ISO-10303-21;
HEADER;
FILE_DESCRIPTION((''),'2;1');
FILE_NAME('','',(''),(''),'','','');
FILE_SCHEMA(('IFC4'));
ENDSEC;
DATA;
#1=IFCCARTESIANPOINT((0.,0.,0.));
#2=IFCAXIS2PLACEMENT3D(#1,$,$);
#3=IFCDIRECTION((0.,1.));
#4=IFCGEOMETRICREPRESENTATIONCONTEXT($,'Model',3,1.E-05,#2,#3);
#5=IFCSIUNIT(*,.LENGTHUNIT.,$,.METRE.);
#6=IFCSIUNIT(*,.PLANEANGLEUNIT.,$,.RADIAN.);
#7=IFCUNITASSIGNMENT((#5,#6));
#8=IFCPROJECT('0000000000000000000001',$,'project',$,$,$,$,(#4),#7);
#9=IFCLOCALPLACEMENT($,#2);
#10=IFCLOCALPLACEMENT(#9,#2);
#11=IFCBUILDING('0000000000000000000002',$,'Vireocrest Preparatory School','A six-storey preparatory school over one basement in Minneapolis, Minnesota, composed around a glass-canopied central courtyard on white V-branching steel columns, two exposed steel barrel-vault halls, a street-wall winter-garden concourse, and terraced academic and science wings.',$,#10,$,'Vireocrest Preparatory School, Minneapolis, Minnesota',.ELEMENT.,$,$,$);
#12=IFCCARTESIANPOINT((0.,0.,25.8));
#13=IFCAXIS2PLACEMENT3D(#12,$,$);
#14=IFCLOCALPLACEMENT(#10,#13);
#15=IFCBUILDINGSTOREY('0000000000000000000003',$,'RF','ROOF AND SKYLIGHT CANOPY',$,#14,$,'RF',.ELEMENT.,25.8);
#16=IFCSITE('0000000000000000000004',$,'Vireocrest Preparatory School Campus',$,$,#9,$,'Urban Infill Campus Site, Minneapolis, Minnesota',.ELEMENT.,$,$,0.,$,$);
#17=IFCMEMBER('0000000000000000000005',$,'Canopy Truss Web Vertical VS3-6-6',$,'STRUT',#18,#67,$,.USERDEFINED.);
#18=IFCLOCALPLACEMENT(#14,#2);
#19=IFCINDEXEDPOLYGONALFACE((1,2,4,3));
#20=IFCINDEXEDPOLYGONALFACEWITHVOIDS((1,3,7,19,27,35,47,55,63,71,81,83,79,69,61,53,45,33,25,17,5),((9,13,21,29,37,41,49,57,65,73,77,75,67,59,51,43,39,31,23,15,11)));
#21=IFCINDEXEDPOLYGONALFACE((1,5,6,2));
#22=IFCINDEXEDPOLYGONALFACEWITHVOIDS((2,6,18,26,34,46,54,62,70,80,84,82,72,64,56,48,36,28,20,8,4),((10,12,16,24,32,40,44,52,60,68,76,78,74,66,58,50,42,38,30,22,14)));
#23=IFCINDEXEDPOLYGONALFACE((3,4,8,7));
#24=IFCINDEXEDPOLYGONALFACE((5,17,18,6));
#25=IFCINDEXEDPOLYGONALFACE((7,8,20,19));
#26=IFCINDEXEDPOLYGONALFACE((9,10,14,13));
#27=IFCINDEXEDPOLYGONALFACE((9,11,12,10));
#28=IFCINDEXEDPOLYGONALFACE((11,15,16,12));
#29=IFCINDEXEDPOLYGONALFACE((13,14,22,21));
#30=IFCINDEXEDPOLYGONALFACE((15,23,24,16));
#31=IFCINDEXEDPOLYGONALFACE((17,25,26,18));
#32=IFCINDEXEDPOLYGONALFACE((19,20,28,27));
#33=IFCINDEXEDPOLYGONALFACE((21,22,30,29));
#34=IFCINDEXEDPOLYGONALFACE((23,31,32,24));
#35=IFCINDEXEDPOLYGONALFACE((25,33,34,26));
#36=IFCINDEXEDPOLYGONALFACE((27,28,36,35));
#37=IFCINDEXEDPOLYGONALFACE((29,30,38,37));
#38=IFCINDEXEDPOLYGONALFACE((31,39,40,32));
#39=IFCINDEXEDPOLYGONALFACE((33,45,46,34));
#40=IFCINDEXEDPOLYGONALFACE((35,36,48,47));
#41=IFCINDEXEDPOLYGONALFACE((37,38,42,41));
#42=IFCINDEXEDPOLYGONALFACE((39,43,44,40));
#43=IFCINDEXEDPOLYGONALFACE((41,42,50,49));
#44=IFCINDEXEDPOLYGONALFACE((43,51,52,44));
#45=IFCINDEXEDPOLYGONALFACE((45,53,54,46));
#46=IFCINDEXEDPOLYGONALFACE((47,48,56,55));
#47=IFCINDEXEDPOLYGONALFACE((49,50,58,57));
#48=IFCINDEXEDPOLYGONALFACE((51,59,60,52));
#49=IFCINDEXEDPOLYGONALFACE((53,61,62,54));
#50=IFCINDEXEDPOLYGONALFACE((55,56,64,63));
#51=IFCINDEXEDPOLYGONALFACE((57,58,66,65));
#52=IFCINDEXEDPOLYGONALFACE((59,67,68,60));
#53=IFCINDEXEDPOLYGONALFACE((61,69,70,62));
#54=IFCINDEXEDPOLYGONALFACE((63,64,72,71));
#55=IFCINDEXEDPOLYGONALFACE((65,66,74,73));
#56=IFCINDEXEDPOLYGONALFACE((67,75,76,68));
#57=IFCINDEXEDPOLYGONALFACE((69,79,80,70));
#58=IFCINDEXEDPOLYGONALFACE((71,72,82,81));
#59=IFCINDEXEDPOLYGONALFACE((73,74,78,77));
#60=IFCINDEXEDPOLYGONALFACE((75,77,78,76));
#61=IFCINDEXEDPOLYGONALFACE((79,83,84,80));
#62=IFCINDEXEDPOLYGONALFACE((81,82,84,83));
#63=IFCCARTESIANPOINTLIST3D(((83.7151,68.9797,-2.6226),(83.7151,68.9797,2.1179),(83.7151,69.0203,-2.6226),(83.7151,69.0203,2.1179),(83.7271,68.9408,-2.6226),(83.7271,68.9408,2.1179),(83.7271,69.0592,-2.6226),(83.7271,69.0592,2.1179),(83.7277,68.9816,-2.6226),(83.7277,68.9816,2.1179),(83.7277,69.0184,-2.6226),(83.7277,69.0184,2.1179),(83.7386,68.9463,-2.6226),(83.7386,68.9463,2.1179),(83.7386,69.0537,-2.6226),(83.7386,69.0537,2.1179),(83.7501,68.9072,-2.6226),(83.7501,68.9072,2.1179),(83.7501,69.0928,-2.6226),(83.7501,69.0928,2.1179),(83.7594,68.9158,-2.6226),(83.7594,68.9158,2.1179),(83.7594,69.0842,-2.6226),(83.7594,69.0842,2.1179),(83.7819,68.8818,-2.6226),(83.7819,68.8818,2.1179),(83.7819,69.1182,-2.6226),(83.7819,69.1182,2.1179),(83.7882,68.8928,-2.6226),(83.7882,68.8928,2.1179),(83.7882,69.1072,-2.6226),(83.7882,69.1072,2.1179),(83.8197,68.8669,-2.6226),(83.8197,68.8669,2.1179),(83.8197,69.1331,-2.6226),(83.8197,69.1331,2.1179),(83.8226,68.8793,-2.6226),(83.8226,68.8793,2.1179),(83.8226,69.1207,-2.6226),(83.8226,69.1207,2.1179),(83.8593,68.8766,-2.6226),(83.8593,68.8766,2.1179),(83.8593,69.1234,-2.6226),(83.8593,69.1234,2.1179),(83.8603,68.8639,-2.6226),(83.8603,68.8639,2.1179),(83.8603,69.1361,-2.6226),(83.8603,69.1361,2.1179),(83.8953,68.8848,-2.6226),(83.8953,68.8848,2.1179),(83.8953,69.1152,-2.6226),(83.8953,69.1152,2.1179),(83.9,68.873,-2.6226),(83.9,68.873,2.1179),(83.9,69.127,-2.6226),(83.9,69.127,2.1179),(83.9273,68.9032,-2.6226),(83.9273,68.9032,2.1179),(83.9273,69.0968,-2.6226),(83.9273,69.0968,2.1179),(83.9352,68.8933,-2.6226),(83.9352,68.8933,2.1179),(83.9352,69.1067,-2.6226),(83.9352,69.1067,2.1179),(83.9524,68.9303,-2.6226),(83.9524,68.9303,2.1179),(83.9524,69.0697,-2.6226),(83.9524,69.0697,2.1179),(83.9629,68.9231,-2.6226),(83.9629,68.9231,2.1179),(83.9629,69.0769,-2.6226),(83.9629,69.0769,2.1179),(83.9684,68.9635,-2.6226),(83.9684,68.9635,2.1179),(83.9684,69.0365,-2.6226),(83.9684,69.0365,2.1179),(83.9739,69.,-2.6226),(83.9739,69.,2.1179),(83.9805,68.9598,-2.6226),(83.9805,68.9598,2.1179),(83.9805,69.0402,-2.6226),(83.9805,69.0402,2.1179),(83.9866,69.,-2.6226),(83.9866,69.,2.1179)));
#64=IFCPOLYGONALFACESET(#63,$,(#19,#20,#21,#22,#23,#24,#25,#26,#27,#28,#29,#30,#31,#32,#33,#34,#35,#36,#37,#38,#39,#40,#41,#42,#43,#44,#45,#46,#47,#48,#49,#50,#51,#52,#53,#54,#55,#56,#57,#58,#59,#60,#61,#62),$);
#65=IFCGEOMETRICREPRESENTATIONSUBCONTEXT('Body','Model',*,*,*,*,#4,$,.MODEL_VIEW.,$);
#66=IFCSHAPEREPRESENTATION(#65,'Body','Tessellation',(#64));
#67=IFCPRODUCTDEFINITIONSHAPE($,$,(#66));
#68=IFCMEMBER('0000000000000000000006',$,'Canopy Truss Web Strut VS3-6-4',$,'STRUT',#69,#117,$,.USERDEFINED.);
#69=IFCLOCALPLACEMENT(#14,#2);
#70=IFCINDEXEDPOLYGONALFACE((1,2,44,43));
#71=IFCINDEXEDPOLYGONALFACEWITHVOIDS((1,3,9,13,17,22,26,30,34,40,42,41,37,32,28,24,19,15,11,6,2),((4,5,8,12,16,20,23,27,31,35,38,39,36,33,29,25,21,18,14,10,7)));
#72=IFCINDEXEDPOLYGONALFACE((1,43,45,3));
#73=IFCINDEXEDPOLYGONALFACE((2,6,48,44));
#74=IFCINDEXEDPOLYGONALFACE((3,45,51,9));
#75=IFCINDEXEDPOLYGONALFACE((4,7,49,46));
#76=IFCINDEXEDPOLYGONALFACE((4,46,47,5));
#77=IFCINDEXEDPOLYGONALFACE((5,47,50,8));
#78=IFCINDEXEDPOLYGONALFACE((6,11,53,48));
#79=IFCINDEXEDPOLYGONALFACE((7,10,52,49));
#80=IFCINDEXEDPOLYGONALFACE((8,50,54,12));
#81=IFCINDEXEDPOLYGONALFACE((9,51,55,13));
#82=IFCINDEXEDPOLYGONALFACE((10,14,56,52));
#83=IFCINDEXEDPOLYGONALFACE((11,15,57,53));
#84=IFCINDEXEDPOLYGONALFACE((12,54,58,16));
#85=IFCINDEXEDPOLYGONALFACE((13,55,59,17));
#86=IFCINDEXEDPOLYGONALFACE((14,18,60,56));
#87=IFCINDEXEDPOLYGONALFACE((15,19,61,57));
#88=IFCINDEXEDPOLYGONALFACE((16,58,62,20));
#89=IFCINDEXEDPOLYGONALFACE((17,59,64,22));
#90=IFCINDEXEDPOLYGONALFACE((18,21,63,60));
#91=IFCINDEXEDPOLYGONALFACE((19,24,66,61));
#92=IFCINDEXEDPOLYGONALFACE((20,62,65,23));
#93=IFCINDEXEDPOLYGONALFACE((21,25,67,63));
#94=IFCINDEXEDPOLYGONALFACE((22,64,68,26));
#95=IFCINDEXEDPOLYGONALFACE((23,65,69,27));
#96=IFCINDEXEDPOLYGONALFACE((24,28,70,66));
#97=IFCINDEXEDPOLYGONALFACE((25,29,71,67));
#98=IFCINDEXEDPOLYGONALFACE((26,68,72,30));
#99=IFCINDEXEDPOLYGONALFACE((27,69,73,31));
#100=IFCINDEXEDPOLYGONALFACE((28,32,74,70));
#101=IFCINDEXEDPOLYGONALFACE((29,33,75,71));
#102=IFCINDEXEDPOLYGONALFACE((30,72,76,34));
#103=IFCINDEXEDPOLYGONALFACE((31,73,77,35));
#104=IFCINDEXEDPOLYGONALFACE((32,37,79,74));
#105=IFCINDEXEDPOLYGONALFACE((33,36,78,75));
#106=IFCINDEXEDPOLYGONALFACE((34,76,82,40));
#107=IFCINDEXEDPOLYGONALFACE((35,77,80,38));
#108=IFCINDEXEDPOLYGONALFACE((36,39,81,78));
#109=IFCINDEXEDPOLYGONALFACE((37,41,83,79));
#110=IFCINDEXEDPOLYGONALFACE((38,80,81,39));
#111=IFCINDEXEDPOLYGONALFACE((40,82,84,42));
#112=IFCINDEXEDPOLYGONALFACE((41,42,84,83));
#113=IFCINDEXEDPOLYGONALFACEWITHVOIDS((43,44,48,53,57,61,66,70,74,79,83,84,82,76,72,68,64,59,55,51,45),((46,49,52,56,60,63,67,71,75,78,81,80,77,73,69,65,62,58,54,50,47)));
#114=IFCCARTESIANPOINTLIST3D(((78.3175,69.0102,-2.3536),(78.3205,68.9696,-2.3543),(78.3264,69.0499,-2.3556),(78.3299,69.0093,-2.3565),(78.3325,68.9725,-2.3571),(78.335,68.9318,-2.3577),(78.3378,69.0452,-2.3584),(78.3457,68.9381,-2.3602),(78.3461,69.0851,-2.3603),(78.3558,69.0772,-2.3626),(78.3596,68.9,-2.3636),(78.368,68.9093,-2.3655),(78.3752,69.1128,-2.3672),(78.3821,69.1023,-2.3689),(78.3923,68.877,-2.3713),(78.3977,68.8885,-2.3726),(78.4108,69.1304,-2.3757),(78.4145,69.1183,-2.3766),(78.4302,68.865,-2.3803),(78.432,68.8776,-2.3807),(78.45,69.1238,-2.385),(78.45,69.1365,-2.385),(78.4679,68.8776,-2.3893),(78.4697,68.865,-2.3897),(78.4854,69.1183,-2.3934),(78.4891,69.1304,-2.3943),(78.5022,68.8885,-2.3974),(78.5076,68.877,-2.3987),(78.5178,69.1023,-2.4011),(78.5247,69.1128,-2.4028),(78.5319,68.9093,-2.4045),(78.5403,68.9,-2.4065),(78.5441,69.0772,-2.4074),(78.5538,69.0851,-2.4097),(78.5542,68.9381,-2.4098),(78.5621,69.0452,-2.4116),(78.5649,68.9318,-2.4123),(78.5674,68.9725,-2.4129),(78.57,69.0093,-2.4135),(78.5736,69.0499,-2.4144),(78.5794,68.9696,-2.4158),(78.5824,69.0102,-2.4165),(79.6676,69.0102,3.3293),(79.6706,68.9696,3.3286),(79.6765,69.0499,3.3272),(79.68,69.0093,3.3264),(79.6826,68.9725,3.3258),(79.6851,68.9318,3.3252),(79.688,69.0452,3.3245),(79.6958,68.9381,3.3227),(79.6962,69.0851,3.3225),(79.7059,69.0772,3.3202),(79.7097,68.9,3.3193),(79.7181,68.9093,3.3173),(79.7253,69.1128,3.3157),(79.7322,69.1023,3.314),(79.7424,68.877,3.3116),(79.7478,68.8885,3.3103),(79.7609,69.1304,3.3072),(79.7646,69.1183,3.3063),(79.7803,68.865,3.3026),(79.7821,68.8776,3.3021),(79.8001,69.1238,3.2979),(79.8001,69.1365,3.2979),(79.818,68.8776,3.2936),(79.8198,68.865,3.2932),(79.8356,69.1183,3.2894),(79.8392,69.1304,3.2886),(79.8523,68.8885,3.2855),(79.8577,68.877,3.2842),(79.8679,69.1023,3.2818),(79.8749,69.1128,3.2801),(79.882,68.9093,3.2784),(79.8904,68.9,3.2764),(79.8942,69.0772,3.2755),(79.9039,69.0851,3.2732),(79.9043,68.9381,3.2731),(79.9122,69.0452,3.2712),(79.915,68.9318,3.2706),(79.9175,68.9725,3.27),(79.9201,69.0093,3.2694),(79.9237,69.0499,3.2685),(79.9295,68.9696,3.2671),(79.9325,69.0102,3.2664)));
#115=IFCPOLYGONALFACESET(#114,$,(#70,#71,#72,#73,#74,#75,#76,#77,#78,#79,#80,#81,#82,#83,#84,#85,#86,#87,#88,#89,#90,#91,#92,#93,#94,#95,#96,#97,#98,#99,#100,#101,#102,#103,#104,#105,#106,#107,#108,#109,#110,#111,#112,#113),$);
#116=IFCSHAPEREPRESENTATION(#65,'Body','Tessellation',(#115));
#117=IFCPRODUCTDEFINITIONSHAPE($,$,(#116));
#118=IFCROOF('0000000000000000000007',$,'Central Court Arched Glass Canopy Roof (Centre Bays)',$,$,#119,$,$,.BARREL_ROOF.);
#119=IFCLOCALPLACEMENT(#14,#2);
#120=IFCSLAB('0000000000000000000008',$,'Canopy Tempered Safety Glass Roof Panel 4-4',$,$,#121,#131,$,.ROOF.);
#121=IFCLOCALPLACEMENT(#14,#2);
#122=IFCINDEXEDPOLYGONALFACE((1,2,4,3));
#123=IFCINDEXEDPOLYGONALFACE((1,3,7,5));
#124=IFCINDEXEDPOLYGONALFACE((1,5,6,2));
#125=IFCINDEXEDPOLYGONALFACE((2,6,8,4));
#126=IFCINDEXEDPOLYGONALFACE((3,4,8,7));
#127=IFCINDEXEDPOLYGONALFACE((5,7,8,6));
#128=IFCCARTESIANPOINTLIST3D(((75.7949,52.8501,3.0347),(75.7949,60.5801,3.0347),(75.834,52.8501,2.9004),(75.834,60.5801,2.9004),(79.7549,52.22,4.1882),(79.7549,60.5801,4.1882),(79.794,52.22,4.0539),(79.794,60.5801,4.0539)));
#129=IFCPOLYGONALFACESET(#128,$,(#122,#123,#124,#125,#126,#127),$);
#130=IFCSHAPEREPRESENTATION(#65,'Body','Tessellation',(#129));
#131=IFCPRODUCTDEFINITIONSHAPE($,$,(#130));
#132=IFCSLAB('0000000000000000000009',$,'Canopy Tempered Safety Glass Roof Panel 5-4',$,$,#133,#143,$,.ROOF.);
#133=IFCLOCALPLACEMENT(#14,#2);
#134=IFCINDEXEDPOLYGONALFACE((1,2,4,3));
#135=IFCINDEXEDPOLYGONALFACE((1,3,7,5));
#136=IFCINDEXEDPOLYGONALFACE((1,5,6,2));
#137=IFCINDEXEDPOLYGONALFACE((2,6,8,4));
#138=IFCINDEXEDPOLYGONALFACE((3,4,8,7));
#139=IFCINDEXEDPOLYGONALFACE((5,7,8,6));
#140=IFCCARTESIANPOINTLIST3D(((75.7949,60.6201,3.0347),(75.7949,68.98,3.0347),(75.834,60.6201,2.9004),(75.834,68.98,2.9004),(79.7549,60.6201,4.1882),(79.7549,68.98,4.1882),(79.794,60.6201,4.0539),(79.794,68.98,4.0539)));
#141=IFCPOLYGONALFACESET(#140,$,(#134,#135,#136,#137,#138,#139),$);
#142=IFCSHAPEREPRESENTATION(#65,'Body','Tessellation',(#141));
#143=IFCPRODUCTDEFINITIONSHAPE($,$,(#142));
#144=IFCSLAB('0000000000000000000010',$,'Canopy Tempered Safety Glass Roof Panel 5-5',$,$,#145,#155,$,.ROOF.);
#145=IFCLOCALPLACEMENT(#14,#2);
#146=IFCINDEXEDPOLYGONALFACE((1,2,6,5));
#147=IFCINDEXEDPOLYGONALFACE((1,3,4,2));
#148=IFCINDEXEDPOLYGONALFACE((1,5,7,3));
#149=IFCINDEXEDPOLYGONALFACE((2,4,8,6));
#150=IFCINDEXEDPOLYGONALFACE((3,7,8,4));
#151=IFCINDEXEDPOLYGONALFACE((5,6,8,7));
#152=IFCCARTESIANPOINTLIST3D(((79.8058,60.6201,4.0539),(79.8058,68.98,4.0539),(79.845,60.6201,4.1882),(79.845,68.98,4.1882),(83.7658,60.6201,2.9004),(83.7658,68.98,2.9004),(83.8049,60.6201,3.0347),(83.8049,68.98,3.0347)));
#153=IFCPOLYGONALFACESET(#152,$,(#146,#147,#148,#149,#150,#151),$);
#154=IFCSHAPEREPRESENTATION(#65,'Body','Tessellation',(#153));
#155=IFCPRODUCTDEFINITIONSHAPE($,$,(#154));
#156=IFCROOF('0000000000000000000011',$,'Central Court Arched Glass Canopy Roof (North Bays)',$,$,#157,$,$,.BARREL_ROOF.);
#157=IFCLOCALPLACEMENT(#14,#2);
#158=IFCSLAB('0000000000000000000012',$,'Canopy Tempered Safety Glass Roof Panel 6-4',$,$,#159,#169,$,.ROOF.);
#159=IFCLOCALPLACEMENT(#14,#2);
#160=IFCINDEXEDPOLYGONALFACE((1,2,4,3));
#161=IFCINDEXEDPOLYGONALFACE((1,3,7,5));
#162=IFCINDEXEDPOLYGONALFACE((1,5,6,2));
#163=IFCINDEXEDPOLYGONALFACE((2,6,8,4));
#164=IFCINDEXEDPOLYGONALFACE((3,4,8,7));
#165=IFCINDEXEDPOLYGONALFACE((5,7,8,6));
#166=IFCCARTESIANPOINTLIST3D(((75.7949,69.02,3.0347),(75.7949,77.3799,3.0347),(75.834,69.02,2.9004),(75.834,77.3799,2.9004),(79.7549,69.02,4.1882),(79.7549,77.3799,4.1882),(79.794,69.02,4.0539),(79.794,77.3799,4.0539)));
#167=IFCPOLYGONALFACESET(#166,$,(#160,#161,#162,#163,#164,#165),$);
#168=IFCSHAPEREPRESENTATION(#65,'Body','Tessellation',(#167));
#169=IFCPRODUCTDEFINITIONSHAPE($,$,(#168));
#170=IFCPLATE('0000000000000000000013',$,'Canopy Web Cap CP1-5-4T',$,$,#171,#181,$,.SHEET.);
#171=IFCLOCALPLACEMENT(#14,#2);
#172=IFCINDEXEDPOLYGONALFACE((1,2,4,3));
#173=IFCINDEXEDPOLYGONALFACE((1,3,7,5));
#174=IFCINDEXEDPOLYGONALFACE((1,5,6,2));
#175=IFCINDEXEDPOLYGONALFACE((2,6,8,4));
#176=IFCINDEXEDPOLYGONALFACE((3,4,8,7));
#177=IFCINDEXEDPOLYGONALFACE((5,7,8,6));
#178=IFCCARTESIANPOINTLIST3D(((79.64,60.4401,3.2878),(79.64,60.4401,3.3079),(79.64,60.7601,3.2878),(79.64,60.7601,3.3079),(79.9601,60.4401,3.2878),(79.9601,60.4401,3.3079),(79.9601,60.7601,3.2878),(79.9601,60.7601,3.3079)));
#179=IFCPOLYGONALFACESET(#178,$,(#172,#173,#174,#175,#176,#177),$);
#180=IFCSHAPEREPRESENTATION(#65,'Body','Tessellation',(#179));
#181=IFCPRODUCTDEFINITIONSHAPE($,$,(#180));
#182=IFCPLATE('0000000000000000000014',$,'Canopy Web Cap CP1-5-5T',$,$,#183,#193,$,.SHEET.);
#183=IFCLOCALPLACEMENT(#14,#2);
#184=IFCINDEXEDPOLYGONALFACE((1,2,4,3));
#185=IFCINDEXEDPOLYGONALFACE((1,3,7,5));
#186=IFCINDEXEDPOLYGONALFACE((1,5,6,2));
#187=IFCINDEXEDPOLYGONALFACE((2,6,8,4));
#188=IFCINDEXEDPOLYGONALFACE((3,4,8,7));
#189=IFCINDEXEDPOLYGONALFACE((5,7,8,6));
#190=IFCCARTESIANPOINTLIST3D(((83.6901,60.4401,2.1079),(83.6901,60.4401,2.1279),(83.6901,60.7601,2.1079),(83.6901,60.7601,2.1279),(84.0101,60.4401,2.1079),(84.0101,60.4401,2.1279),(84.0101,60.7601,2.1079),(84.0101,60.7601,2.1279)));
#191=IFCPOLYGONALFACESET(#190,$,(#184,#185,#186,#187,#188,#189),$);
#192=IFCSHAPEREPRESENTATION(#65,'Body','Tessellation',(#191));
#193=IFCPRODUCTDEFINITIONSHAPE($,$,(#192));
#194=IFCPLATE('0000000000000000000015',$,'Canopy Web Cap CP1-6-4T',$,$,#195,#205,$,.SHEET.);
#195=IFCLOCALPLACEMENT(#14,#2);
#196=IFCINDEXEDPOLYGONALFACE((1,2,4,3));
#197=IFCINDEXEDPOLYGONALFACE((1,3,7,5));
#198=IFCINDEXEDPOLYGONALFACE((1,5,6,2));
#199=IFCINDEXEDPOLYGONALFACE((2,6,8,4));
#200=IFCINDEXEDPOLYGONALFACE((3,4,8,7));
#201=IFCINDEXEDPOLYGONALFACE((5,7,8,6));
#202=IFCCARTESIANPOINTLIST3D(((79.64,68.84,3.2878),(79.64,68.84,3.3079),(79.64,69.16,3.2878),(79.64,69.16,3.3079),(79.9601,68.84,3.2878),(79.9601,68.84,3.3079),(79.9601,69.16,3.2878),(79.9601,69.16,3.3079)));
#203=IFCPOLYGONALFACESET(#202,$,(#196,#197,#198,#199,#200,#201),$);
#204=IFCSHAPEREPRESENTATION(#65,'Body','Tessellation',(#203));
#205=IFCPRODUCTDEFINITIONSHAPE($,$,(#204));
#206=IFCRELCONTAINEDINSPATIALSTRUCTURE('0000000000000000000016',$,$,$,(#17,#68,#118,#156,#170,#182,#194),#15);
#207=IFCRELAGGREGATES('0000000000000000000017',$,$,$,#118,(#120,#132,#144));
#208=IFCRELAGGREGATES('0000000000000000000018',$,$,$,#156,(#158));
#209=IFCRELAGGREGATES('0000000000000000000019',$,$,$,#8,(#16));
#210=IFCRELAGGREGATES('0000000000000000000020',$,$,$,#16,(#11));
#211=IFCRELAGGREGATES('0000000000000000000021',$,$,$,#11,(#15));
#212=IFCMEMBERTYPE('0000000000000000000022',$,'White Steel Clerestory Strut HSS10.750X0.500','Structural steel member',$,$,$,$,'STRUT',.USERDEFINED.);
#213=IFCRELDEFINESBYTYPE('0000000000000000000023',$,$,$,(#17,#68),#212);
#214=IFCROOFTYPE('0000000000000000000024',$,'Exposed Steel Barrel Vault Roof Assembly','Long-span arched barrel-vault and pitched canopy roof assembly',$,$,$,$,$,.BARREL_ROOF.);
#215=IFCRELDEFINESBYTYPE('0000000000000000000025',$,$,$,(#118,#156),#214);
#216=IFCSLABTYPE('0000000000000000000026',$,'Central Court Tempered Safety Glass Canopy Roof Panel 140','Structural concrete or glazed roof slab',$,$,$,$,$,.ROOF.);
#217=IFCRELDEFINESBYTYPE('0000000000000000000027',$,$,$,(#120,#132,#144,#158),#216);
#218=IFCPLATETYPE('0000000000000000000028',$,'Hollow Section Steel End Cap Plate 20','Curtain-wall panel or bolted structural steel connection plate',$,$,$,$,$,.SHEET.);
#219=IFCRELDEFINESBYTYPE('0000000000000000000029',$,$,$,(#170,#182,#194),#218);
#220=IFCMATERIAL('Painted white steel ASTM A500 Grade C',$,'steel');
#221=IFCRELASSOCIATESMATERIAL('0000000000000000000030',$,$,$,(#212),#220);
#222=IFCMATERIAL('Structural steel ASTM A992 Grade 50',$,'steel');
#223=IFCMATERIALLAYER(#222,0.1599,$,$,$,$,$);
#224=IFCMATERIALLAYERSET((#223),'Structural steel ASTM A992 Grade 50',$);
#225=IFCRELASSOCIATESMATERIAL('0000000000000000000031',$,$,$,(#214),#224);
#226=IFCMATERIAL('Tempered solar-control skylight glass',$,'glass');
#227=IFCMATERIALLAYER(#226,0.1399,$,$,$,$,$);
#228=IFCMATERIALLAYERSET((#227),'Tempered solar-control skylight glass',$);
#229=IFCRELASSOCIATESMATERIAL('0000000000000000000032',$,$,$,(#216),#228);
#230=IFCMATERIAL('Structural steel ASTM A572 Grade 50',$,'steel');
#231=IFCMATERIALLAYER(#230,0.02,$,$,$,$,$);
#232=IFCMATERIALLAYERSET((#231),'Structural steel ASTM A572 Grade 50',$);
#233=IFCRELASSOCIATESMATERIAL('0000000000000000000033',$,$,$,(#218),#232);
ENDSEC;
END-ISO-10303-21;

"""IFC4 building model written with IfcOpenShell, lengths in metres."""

from ifc_helpers import new_model, si_unit, direction, frame, origin, origin_2d, place, context, subcontext, project, spatial, polyline, rectangle, hollow_circle, outline, extrude, material, layer, layer_set, material_profile, profile_set, type_object, element, aggregate, save


model = new_model("IFC4")

# Units and contexts
model_context = context("Model", 3, precision=1e-05, world=origin(), true_north=direction((0.0, 1.0)))
body_context = subcontext(model_context, "Body", "Model", "MODEL_VIEW")
ifc_project = project(units=[si_unit("LENGTHUNIT", "METRE"), si_unit("PLANEANGLEUNIT", "RADIAN")], contexts=[model_context])

# Site, building, storey
site_placement = place(None, origin())
site = spatial("IfcSite", under=ifc_project, at=site_placement, Name="Vireocrest Preparatory School Campus", LongName="Urban Infill Campus Site, Minneapolis, Minnesota", CompositionType="ELEMENT", RefElevation=0.0)
building_placement = place(site_placement, origin())
building = spatial("IfcBuilding", under=site, at=building_placement, Name="Vireocrest Preparatory School", Description="A six-storey preparatory school over one basement in Minneapolis, Minnesota, composed around a glass-canopied central courtyard on white V-branching steel columns, two exposed steel barrel-vault halls, a street-wall winter-garden concourse, and terraced academic and science wings.", LongName="Vireocrest Preparatory School, Minneapolis, Minnesota", CompositionType="ELEMENT")
storey_placement = place(building_placement, frame((0.0, 0.0, 25.8)))
storey = spatial("IfcBuildingStorey", under=building, at=storey_placement, Name="RF", Description="ROOF AND SKYLIGHT CANOPY", LongName="RF", CompositionType="ELEMENT", Elevation=25.8)

# Shared definitions
ifc_material_1 = material(Name="Painted white steel ASTM A500 Grade C", Category="steel")
ifc_material_2 = material(Name="Structural steel ASTM A992 Grade 50", Category="steel")

# Members
ifc_material_profile_1 = material_profile(ifc_material_1, hollow_circle(Radius=0.1365, WallThickness=0.0127, at=origin_2d()), Name="HSS10.750X0.500")
ifc_profile_set_1 = profile_set([ifc_material_profile_1], Name="Painted white steel ASTM A500 Grade C")
member_type_1 = type_object("IfcMemberType", Name="White Steel Clerestory Strut HSS10.750X0.500", Description="Structural steel member", ElementType="STRUT", PredefinedType="USERDEFINED", material=ifc_profile_set_1)
member_1_placement = place(storey_placement, frame((83.8501, 69.0, -2.6226), z_axis=(0.0, 0.0, 1.0), x_axis=(1.0, 0.0, 0.0)))
element("IfcMember", 1, at=member_1_placement, inside=storey, type_object=member_type_1, Name="Canopy Truss Web Vertical VS3-6-6", ObjectType="STRUT", PredefinedType="USERDEFINED", context=body_context, shape_type="SweptSolid", body=[
    extrude(hollow_circle(Radius=0.1365, WallThickness=0.0127, at=origin_2d()), origin(), (0.0, 0.0, 1.0), 4.7405),
])
member_2_placement = place(storey_placement, frame((78.45, 69.0, -2.385), z_axis=(0.23114, 0.0, 0.97292), x_axis=(0.0, 1.0, 0.0)))
element("IfcMember", 2, at=member_2_placement, inside=storey, type_object=member_type_1, Name="Canopy Truss Web Strut VS3-6-4", ObjectType="STRUT", PredefinedType="USERDEFINED", context=body_context, shape_type="SweptSolid", body=[
    extrude(hollow_circle(Radius=0.1365, WallThickness=0.0127, at=origin_2d()), origin(), (0.0, 0.0, 1.0), 5.8411),
])

# Roof, slabs
ifc_layer_1 = layer(ifc_material_2, 0.1599)
ifc_layer_set_1 = layer_set([ifc_layer_1], Name="Structural steel ASTM A992 Grade 50")
roof_type = type_object("IfcRoofType", Name="Exposed Steel Barrel Vault Roof Assembly", Description="Long-span arched barrel-vault and pitched canopy roof assembly", PredefinedType="BARREL_ROOF", material=ifc_layer_set_1)
roof_1_placement = place(storey_placement, origin())
roof_1 = element("IfcRoof", 3, at=roof_1_placement, inside=storey, type_object=roof_type, Name="Central Court Arched Glass Canopy Roof (Centre Bays)", PredefinedType="BARREL_ROOF")
ifc_material_3 = material(Name="Tempered solar-control skylight glass", Category="glass")
ifc_layer_2 = layer(ifc_material_3, 0.1399)
ifc_layer_set_2 = layer_set([ifc_layer_2], Name="Tempered solar-control skylight glass")
slab_type = type_object("IfcSlabType", Name="Central Court Tempered Safety Glass Canopy Roof Panel 140", Description="Structural concrete or glazed roof slab", PredefinedType="ROOF", material=ifc_layer_set_2)
slab_1_placement = place(storey_placement, frame((75.7949, 52.8501, 3.0347), z_axis=(-0.279682, 0.0, 0.960093), x_axis=(0.949081, -0.151022, 0.276474)))
slab_1 = element("IfcSlab", 4, at=slab_1_placement, type_object=slab_type, Name="Canopy Tempered Safety Glass Roof Panel 4-4", PredefinedType="ROOF", context=body_context, shape_type="SweptSolid", body=[
    extrude(outline(polyline([(0.0, 0.0), (4.1724, 0.0), (2.9099, 8.2642), (-1.1674, 7.6413), (0.0, 0.0)])), origin(), (0.0, 0.0, -1.0), 0.1399),
])
slab_2_placement = place(storey_placement, frame((75.7949, 60.6201, 3.0347), z_axis=(-0.279682, 0.0, 0.960093), x_axis=(0.960093, 0.0, 0.279682)))
slab_2 = element("IfcSlab", 5, at=slab_2_placement, type_object=slab_type, Name="Canopy Tempered Safety Glass Roof Panel 5-4", PredefinedType="ROOF", context=body_context, shape_type="SweptSolid", body=[
    extrude(outline(polyline([(0.0, 0.0), (4.1246, 0.0), (4.1246, 8.3599), (0.0, 8.3599), (0.0, 0.0)])), origin(), (0.0, 0.0, -1.0), 0.1399),
])
slab_3_placement = place(storey_placement, frame((79.845, 60.6201, 4.1882), z_axis=(0.279682, 0.0, 0.960093), x_axis=(0.960093, 0.0, -0.279682)))
slab_3 = element("IfcSlab", 6, at=slab_3_placement, type_object=slab_type, Name="Canopy Tempered Safety Glass Roof Panel 5-5", PredefinedType="ROOF", context=body_context, shape_type="SweptSolid", body=[
    extrude(outline(polyline([(0.0, 0.0), (4.1246, 0.0), (4.1246, 8.3599), (0.0, 8.3599), (0.0, 0.0)])), origin(), (0.0, 0.0, -1.0), 0.1399),
])
aggregate(roof_1, [slab_1, slab_2, slab_3])

# Roof, slab
roof_2_placement = place(storey_placement, origin())
roof_2 = element("IfcRoof", 7, at=roof_2_placement, inside=storey, type_object=roof_type, Name="Central Court Arched Glass Canopy Roof (North Bays)", PredefinedType="BARREL_ROOF")
slab_4_placement = place(storey_placement, frame((75.7949, 69.02, 3.0347), z_axis=(-0.279682, 0.0, 0.960093), x_axis=(0.960093, 0.0, 0.279682)))
slab_4 = element("IfcSlab", 8, at=slab_4_placement, type_object=slab_type, Name="Canopy Tempered Safety Glass Roof Panel 6-4", PredefinedType="ROOF", context=body_context, shape_type="SweptSolid", body=[
    extrude(outline(polyline([(0.0, 0.0), (4.1246, 0.0), (4.1246, 8.3599), (0.0, 8.3599), (0.0, 0.0)])), origin(), (0.0, 0.0, -1.0), 0.1399),
])
aggregate(roof_2, [slab_4])

# Plates
ifc_material_4 = material(Name="Structural steel ASTM A572 Grade 50", Category="steel")
ifc_layer_3 = layer(ifc_material_4, 0.02)
ifc_layer_set_3 = layer_set([ifc_layer_3], Name="Structural steel ASTM A572 Grade 50")
plate_type = type_object("IfcPlateType", Name="Hollow Section Steel End Cap Plate 20", Description="Curtain-wall panel or bolted structural steel connection plate", PredefinedType="SHEET", material=ifc_layer_set_3)
for number, where, z_axis, x_axis, name in (
    (9, (79.8, 60.6001, 3.2878), (0.0, 0.0, 1.0), (1.0, 0.0, 0.0), "Canopy Web Cap CP1-5-4T"),
    (10, (83.8501, 60.6001, 2.1079), (0.0, 0.0, 1.0), (1.0, 0.0, 0.0), "Canopy Web Cap CP1-5-5T"),
    (11, (79.8, 69.0, 3.2878), (0.0, 0.0, 1.0), (1.0, 0.0, 0.0), "Canopy Web Cap CP1-6-4T"),
):
    element("IfcPlate", number, at=place(storey_placement, frame(where, z_axis=z_axis, x_axis=x_axis)), inside=storey, type_object=plate_type, Name=name, PredefinedType="SHEET", context=body_context, shape_type="SweptSolid", body=[
        extrude(rectangle(XDim=0.3201, YDim=0.3201, at=origin_2d()), origin(), (0.0, 0.0, 1.0), 0.02),
    ])

save(model, "model.ifc")
